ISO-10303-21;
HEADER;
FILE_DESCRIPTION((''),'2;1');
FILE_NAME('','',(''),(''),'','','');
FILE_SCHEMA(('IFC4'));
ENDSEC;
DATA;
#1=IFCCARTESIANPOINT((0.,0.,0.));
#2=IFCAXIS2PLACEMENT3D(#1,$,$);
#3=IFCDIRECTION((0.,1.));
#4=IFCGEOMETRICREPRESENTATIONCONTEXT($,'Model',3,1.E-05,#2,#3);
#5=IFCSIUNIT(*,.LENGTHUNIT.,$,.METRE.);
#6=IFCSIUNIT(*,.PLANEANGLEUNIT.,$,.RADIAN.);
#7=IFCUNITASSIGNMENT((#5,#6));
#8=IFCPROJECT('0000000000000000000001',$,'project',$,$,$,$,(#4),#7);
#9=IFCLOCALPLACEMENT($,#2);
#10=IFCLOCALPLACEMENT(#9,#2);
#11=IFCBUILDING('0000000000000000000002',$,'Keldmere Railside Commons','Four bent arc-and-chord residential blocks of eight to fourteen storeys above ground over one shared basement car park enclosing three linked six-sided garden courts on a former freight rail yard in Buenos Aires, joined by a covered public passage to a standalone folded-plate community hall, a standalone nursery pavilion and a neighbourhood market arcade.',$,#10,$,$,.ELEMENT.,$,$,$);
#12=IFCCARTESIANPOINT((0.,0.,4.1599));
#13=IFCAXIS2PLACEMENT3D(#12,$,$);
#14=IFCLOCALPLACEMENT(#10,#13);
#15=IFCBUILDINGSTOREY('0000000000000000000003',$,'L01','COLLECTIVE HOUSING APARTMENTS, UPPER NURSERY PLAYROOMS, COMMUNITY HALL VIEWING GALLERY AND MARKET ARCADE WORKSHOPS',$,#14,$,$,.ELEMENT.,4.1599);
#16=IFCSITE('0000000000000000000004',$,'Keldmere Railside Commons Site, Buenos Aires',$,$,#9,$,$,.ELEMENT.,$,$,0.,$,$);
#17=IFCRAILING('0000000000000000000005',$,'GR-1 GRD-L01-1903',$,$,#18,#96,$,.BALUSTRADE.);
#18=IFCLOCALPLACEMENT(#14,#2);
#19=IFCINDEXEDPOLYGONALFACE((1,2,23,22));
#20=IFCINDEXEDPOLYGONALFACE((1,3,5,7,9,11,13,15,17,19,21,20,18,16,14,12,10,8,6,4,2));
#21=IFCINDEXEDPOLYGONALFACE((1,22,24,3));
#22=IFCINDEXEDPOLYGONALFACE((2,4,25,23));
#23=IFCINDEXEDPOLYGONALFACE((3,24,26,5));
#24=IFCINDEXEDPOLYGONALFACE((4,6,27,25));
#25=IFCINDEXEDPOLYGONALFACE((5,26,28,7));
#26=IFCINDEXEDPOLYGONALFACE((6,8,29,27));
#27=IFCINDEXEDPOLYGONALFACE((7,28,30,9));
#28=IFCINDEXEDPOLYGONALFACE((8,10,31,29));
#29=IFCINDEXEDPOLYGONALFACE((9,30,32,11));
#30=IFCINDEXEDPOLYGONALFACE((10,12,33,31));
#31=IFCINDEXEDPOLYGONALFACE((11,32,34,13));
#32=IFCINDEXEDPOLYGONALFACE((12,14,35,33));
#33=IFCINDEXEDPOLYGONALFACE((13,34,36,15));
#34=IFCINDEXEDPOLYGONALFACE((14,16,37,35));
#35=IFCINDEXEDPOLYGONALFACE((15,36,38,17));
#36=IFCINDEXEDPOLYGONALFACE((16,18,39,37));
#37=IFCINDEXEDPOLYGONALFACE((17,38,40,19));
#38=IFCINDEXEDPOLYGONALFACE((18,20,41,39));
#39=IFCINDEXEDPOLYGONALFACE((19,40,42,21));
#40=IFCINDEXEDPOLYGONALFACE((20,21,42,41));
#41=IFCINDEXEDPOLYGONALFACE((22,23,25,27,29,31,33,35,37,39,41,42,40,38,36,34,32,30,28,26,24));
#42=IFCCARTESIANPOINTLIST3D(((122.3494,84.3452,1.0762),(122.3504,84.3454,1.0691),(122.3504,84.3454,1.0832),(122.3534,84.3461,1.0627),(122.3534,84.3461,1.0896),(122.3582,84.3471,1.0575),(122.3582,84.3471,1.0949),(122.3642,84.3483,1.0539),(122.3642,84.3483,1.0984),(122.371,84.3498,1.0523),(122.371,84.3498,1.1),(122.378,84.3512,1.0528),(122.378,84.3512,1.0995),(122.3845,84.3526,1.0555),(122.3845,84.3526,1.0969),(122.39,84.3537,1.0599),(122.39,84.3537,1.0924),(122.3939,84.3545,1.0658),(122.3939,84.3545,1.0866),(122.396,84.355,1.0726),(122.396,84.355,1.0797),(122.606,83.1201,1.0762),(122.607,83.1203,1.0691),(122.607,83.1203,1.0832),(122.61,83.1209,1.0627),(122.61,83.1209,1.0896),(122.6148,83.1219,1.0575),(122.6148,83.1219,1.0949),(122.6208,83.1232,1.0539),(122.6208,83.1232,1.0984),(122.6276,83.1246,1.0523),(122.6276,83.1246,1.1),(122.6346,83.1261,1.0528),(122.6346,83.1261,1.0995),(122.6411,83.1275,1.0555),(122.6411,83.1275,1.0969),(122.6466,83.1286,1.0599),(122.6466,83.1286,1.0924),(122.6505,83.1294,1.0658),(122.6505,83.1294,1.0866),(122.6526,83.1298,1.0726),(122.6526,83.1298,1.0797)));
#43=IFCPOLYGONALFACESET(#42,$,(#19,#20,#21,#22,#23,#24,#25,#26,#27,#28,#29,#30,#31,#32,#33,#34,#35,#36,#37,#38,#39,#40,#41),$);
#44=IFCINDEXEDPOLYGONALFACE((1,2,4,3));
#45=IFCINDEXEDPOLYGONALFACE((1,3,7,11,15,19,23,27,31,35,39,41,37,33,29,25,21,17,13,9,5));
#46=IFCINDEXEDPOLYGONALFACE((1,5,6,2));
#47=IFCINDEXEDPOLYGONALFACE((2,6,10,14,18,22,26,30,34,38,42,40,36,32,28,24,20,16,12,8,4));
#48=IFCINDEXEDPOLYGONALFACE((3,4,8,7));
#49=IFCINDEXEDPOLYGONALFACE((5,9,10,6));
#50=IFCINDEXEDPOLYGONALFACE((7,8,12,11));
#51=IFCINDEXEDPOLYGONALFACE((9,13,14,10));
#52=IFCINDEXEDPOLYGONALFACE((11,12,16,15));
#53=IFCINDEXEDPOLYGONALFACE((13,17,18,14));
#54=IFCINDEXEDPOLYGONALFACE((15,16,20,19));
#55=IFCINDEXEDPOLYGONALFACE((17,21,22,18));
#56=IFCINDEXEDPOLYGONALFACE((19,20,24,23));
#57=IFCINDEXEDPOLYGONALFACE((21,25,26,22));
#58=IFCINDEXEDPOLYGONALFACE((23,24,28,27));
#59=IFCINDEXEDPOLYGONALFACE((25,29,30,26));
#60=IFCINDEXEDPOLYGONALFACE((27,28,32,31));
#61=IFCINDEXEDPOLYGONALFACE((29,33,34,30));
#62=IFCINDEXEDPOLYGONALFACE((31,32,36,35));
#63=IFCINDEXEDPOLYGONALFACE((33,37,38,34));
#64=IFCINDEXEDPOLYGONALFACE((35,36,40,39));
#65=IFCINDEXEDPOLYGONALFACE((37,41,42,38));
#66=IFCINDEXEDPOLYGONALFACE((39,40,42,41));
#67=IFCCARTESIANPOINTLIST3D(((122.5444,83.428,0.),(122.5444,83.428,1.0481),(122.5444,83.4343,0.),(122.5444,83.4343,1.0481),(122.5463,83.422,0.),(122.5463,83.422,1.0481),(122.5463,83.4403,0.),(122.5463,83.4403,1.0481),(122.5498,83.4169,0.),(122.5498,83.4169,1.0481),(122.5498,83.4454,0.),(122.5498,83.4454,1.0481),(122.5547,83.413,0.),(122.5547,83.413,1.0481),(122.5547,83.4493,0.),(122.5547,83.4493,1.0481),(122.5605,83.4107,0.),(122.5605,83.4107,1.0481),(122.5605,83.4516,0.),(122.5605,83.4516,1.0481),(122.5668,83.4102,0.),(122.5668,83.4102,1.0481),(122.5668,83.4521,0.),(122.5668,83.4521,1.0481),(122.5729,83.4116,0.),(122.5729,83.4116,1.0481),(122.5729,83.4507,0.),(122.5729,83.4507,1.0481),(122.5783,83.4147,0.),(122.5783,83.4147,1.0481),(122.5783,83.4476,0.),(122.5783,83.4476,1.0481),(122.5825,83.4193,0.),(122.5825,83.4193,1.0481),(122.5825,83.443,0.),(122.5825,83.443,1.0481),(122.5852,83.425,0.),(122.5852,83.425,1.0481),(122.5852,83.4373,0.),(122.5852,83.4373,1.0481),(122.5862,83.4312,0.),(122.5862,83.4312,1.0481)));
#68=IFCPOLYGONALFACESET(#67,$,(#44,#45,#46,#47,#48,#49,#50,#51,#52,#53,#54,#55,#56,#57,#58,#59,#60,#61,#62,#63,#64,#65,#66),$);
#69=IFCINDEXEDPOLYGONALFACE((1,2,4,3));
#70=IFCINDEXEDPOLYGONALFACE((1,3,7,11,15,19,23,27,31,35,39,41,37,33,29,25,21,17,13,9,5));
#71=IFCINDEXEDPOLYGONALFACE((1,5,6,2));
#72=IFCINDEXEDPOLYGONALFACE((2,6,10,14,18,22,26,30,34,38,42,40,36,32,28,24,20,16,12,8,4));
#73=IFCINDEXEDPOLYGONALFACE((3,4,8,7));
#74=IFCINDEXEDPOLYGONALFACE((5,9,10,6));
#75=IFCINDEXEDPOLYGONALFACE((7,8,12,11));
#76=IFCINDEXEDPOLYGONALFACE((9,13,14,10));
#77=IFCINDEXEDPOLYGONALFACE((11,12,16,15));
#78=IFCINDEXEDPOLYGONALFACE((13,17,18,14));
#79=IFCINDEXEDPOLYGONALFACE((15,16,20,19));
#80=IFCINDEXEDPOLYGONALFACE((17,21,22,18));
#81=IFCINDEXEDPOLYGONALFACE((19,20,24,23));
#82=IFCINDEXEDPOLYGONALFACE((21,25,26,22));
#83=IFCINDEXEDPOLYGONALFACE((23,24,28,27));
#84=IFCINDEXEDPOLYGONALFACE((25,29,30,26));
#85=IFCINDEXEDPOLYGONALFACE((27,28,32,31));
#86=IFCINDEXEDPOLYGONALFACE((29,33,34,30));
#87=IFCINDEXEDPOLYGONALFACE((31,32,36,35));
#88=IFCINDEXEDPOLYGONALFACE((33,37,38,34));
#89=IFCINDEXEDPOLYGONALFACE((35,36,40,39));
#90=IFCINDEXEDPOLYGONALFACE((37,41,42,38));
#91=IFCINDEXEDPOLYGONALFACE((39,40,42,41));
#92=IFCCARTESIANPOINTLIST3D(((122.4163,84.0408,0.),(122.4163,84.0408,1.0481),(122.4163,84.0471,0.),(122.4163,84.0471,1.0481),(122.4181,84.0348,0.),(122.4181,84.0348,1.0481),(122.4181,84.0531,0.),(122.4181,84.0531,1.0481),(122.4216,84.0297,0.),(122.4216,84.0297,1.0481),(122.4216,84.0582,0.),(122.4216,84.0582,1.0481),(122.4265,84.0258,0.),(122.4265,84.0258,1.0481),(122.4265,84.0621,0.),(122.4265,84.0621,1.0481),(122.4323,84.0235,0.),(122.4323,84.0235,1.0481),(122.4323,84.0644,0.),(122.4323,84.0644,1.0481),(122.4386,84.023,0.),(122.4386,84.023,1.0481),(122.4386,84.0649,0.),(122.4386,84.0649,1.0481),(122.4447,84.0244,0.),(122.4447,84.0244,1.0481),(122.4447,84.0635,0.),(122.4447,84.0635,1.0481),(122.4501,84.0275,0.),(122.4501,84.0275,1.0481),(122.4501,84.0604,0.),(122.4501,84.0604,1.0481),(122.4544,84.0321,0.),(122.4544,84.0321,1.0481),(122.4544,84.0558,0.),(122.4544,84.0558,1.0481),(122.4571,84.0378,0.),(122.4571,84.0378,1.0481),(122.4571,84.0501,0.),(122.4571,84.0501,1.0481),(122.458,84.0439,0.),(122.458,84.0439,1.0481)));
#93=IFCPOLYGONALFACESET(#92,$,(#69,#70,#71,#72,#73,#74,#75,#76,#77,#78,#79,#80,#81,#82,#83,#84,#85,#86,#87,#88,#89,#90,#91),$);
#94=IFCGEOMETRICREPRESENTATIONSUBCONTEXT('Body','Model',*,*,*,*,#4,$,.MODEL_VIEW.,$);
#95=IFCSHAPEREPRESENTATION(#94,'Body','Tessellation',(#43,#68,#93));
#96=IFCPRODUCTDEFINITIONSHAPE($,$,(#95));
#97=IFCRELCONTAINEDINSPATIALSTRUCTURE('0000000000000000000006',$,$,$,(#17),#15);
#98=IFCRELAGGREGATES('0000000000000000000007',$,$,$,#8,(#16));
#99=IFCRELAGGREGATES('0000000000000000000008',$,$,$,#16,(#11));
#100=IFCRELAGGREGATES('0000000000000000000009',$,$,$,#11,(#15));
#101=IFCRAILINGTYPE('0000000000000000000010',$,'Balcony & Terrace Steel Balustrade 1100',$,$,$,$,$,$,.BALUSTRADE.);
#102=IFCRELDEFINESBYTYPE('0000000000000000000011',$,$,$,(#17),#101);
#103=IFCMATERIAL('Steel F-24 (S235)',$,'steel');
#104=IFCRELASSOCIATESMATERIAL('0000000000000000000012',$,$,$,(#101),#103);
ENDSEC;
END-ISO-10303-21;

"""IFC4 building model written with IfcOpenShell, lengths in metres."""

from ifc_helpers import new_model, si_unit, direction, frame, origin, origin_2d, place, context, subcontext, project, spatial, circle, extrude, material, type_object, element, save


model = new_model("IFC4")

# Units and contexts
model_context = context("Model", 3, precision=1e-05, world=origin(), true_north=direction((0.0, 1.0)))
body_context = subcontext(model_context, "Body", "Model", "MODEL_VIEW")
ifc_project = project(units=[si_unit("LENGTHUNIT", "METRE"), si_unit("PLANEANGLEUNIT", "RADIAN")], contexts=[model_context])

# Site, building, storey
site_placement = place(None, origin())
site = spatial("IfcSite", under=ifc_project, at=site_placement, Name="Keldmere Railside Commons Site, Buenos Aires", CompositionType="ELEMENT", RefElevation=0.0)
building_placement = place(site_placement, origin())
building = spatial("IfcBuilding", under=site, at=building_placement, Name="Keldmere Railside Commons", Description="Four bent arc-and-chord residential blocks of eight to fourteen storeys above ground over one shared basement car park enclosing three linked six-sided garden courts on a former freight rail yard in Buenos Aires, joined by a covered public passage to a standalone folded-plate community hall, a standalone nursery pavilion and a neighbourhood market arcade.", CompositionType="ELEMENT")
storey_placement = place(building_placement, frame((0.0, 0.0, 4.1599)))
storey = spatial("IfcBuildingStorey", under=building, at=storey_placement, Name="L01", Description="COLLECTIVE HOUSING APARTMENTS, UPPER NURSERY PLAYROOMS, COMMUNITY HALL VIEWING GALLERY AND MARKET ARCADE WORKSHOPS", CompositionType="ELEMENT", Elevation=4.1599)

# Railing
ifc_material_1 = material(Name="Steel F-24 (S235)", Category="steel")
railing_type = type_object("IfcRailingType", Name="Balcony & Terrace Steel Balustrade 1100", PredefinedType="BALUSTRADE", material=ifc_material_1)
railing_1_placement = place(storey_placement, frame((122.6294, 83.125, 0.0)))
element("IfcRailing", 1, at=railing_1_placement, inside=storey, type_object=railing_type, Name="GR-1 GRD-L01-1903", PredefinedType="BALUSTRADE", context=body_context, shape_type="SweptSolid", body=[
    extrude(circle(Radius=0.0239, at=origin_2d()), frame((0.0, 0.0, 1.0762), z_axis=(-0.204998, 0.978762, 0.0), x_axis=(-0.978762, -0.204998, 0.0)), (0.0, 0.0, 1.0), 1.2517),
    extrude(circle(Radius=0.021, at=origin_2d()), frame((-0.0642, 0.3062, 0.0)), (0.0, 0.0, 1.0), 1.0481),
    extrude(circle(Radius=0.021, at=origin_2d()), frame((-0.1924, 0.9189, 0.0)), (0.0, 0.0, 1.0), 1.0481),
])

save(model, "model.ifc")
